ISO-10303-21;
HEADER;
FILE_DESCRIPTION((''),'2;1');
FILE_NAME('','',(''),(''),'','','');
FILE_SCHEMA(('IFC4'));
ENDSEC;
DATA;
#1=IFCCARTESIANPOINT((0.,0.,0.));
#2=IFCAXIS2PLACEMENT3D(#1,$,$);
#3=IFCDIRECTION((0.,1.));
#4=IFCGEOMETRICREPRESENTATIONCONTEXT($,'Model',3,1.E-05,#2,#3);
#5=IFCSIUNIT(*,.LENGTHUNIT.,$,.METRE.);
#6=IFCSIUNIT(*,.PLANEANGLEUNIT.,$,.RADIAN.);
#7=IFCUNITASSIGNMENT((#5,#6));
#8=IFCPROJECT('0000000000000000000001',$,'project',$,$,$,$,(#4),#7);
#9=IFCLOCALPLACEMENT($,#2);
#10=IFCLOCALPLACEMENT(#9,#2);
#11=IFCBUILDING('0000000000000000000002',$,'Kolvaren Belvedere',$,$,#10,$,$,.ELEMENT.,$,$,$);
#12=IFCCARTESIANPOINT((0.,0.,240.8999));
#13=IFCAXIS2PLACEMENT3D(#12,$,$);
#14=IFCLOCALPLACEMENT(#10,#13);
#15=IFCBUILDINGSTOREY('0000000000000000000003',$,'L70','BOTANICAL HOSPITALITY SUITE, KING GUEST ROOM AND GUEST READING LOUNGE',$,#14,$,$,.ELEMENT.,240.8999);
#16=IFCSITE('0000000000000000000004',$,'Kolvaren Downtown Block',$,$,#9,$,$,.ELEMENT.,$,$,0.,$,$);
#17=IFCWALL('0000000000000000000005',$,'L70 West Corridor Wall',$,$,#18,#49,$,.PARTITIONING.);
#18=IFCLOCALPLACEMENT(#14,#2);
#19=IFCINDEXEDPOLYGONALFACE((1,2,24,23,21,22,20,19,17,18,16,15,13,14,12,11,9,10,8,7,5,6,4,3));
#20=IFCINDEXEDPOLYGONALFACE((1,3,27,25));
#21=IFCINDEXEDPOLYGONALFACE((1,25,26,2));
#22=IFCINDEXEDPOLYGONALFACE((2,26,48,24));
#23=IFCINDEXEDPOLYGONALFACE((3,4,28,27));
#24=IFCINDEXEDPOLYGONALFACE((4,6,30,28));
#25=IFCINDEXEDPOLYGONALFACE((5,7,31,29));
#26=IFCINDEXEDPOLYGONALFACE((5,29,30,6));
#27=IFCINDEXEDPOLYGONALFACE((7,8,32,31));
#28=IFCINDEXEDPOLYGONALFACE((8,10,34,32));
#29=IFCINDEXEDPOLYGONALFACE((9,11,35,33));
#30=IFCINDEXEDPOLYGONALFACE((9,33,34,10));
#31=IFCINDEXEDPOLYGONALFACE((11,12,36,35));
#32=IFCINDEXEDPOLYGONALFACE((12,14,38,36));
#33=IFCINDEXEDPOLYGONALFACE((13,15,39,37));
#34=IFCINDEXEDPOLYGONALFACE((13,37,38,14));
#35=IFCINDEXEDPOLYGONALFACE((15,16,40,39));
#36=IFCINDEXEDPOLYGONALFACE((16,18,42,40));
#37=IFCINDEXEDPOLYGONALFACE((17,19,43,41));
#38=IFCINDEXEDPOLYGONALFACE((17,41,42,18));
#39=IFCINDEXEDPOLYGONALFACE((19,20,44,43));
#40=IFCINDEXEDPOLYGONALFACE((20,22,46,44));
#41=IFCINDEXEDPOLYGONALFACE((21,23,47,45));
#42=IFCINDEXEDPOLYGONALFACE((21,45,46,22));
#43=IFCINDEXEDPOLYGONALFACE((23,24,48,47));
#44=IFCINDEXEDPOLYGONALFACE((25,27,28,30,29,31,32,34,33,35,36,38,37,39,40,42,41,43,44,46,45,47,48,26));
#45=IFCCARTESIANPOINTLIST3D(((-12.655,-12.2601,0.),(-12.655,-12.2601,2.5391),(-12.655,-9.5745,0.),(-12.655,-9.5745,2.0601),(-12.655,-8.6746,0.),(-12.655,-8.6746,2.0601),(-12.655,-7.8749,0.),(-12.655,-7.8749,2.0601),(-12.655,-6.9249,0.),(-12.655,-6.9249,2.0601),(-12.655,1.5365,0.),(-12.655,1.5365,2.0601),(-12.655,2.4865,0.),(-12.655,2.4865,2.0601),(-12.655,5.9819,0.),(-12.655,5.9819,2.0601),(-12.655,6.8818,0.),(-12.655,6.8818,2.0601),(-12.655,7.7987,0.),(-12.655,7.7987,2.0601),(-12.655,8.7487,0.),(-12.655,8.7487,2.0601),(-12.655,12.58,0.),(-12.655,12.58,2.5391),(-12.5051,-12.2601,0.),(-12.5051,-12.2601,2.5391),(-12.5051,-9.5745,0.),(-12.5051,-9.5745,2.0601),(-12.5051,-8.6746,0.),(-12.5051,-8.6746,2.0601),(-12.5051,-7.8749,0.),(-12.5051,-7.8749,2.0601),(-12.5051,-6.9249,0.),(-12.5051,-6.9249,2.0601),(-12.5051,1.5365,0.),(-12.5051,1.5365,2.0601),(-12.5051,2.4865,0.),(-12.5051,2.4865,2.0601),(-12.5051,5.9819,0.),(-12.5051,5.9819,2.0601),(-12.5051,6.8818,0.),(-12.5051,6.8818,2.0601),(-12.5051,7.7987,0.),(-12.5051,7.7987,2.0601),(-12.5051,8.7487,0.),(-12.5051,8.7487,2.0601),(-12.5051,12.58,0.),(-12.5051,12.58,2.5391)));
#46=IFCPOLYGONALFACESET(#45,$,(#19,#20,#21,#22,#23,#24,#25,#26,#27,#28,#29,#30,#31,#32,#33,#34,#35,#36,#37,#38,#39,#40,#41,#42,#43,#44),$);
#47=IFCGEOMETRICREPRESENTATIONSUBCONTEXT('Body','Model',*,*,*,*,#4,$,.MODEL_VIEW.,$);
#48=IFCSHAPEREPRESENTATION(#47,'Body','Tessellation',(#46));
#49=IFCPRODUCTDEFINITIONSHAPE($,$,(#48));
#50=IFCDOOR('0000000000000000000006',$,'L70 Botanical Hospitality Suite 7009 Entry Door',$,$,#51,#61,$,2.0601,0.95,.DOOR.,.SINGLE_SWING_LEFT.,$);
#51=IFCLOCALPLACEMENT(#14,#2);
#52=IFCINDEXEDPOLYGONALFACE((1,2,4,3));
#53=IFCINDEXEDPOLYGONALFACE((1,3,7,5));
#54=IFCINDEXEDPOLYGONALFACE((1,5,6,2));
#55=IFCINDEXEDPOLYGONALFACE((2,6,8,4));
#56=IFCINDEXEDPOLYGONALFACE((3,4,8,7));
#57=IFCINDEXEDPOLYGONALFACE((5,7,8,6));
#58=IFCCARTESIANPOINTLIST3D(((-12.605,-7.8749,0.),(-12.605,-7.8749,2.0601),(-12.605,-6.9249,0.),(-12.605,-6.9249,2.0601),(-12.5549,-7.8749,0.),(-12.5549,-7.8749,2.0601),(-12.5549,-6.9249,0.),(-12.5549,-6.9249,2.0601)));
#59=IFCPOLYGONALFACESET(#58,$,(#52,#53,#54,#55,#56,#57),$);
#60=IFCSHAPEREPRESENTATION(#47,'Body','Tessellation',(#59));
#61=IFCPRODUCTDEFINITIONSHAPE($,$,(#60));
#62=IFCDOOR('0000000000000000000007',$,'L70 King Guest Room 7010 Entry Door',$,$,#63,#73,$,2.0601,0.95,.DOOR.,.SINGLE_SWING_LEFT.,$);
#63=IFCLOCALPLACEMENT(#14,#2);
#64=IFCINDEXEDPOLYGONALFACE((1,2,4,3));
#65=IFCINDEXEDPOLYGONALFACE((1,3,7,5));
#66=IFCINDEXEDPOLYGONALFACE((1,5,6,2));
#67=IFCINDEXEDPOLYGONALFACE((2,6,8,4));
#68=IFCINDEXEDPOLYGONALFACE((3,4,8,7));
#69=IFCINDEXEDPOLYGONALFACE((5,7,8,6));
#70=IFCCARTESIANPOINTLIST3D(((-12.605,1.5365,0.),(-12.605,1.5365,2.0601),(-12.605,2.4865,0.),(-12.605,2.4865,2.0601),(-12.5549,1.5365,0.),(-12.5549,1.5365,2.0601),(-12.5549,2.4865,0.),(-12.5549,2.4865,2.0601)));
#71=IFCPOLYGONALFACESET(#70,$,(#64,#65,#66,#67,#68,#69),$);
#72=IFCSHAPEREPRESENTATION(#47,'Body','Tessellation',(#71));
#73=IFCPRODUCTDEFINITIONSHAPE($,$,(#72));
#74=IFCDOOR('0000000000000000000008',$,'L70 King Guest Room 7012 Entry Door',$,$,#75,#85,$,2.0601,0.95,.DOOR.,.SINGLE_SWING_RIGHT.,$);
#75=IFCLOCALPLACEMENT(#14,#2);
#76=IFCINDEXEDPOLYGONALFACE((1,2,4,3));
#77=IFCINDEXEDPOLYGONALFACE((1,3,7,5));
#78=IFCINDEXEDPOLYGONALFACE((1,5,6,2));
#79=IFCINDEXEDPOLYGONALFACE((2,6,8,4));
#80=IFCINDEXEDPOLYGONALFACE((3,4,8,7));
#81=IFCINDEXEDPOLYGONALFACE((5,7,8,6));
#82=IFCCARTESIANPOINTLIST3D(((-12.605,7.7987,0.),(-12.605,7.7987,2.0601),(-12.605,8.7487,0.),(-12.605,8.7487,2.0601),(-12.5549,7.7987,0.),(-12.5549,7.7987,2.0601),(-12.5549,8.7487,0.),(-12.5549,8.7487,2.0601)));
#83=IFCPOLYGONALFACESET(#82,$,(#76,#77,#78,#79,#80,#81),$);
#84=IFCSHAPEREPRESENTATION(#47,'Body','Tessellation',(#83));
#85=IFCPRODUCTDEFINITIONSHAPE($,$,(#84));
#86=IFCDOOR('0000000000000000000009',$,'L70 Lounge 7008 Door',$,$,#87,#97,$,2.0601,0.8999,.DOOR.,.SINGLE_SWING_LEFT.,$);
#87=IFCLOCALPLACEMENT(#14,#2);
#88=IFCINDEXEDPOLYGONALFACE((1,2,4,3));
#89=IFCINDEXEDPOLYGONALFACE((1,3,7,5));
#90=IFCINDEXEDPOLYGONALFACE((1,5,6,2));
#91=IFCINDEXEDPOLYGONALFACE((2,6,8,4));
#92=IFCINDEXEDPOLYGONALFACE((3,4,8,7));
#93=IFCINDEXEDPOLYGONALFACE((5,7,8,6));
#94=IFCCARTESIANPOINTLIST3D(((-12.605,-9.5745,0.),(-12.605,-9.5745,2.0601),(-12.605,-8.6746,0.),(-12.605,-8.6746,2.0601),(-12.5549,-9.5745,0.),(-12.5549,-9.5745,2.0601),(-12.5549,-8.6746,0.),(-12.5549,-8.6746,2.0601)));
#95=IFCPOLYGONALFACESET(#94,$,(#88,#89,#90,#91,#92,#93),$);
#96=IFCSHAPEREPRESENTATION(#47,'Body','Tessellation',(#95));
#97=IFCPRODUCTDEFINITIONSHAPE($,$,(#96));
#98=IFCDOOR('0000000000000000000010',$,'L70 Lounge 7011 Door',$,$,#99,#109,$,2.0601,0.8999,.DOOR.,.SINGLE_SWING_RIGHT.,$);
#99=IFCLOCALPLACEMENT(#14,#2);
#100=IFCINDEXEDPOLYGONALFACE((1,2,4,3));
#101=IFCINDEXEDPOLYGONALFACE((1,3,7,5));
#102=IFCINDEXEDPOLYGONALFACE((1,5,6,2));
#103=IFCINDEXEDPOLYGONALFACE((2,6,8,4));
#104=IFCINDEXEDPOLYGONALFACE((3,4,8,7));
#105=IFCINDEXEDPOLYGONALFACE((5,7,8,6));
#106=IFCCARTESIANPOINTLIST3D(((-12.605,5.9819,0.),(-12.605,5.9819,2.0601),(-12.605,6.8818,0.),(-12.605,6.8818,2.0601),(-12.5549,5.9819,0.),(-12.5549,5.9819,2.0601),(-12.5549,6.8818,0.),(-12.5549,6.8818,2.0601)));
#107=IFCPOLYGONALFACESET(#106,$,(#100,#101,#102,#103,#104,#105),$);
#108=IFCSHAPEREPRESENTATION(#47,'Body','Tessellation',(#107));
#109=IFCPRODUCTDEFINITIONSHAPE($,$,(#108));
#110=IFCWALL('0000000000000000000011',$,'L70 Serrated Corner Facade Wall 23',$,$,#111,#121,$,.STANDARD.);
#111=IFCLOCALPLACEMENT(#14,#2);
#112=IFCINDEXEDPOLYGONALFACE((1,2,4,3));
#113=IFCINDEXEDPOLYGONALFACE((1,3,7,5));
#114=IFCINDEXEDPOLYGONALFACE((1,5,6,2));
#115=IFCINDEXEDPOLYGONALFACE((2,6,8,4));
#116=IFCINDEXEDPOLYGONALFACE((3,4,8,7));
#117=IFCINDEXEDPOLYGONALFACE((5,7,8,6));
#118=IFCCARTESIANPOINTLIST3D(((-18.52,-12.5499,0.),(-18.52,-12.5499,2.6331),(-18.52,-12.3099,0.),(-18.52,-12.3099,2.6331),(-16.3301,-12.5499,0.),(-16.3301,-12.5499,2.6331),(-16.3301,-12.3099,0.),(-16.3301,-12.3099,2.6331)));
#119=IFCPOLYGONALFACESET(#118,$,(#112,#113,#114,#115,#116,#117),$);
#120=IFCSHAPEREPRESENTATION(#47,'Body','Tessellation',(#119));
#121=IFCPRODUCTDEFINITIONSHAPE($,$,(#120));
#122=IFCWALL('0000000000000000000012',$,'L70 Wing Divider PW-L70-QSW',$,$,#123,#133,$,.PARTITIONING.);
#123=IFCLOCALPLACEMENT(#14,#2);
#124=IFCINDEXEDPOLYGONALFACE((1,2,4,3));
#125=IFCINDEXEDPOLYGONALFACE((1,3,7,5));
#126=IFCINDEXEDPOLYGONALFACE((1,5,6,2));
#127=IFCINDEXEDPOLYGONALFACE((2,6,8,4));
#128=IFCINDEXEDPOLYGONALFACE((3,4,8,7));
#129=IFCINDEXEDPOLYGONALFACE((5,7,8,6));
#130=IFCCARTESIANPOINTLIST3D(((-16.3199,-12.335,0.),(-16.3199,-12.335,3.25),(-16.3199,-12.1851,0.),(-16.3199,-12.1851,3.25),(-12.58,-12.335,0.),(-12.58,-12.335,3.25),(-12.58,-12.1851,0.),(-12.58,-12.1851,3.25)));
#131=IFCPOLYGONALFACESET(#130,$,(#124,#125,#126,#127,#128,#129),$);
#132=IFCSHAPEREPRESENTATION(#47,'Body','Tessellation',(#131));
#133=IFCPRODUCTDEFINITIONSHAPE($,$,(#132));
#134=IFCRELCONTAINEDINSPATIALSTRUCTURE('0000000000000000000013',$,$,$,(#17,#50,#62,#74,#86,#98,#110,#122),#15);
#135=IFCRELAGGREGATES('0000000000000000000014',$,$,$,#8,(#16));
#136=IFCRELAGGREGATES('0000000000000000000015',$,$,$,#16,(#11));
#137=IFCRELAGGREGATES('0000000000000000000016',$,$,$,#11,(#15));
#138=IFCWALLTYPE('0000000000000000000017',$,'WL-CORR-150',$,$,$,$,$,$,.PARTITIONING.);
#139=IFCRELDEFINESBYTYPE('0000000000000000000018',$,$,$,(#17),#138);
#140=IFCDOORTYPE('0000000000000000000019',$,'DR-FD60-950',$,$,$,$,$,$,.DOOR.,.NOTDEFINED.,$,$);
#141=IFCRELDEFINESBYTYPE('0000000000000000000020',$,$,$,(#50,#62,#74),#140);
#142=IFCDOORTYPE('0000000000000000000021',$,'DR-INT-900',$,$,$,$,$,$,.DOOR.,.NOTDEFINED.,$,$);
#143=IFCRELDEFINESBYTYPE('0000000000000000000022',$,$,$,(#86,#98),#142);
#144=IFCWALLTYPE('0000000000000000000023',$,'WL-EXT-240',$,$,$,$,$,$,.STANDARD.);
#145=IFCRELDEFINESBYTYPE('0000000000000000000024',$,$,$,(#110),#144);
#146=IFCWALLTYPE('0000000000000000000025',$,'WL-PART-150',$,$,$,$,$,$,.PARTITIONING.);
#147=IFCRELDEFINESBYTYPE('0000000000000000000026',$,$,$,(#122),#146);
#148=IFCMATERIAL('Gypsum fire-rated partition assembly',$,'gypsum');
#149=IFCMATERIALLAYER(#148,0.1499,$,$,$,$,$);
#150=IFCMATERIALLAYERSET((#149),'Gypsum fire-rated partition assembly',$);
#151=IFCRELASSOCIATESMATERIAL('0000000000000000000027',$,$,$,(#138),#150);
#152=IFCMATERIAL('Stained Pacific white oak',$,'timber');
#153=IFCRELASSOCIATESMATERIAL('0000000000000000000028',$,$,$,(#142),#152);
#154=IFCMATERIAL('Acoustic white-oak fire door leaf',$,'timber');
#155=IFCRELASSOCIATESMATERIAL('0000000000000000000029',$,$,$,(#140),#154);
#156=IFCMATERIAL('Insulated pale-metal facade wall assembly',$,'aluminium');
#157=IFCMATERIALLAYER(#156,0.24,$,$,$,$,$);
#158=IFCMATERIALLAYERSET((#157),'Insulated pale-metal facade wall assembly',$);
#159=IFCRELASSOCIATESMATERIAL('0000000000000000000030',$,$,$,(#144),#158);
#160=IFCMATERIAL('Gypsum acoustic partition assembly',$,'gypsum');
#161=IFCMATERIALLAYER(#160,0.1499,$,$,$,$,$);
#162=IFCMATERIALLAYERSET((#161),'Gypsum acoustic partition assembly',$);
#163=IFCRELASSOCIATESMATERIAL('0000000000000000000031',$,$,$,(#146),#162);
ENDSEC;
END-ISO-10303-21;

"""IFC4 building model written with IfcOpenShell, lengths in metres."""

from ifc_helpers import new_model, si_unit, direction, frame, frame_2d, origin, place, context, subcontext, project, spatial, rectangle, extrude, material, layer, layer_set, type_object, element, fill, save


model = new_model("IFC4")

# Units and contexts
model_context = context("Model", 3, precision=1e-05, world=origin(), true_north=direction((0.0, 1.0)))
body_context = subcontext(model_context, "Body", "Model", "MODEL_VIEW")
ifc_project = project(units=[si_unit("LENGTHUNIT", "METRE"), si_unit("PLANEANGLEUNIT", "RADIAN")], contexts=[model_context])

# Site, building, storey
site_placement = place(None, origin())
site = spatial("IfcSite", under=ifc_project, at=site_placement, Name="Kolvaren Downtown Block", CompositionType="ELEMENT", RefElevation=0.0)
building_placement = place(site_placement, origin())
building = spatial("IfcBuilding", under=site, at=building_placement, Name="Kolvaren Belvedere", CompositionType="ELEMENT")
storey_placement = place(building_placement, frame((0.0, 0.0, 240.8999)))
storey = spatial("IfcBuildingStorey", under=building, at=storey_placement, Name="L70", Description="BOTANICAL HOSPITALITY SUITE, KING GUEST ROOM AND GUEST READING LOUNGE", CompositionType="ELEMENT", Elevation=240.8999)

# Wall, openings, doors
ifc_material_1 = material(Name="Gypsum fire-rated partition assembly", Category="gypsum")
ifc_layer_1 = layer(ifc_material_1, 0.1499)
ifc_layer_set_1 = layer_set([ifc_layer_1], Name="Gypsum fire-rated partition assembly")
wall_type_1 = type_object("IfcWallType", Name="WL-CORR-150", PredefinedType="PARTITIONING", material=ifc_layer_set_1)
ifc_material_2 = material(Name="Stained Pacific white oak", Category="timber")
door_type_1 = type_object("IfcDoorType", Name="DR-INT-900", OperationType="NOTDEFINED", PredefinedType="DOOR", material=ifc_material_2)
wall_1_placement = place(storey_placement, frame((-12.5801, -12.26, 0.0), z_axis=(0.0, 0.0, 1.0), x_axis=(0.0, 1.0, 0.0)))
wall_1 = element("IfcWall", 1, at=wall_1_placement, inside=storey, type_object=wall_type_1, Name="L70 West Corridor Wall", PredefinedType="PARTITIONING", context=body_context, shape_type="SweptSolid", body=[
    extrude(rectangle(XDim=24.8401, YDim=0.1499, at=frame_2d((12.4199, 0.0))), origin(), (0.0, 0.0, 1.0), 2.5391),
])
opening_1_placement = place(wall_1_placement, frame((2.6855, 0.0, 0.0)))
opening_1 = element("IfcOpeningElement", 2, at=opening_1_placement, cuts=wall_1, PredefinedType="OPENING", context=body_context, shape_type="SweptSolid", body=[
    extrude(rectangle(XDim=0.8999, YDim=2.0601, at=frame_2d((0.45, 1.03))), frame((0.0, 0.085, 0.0), z_axis=(0.0, -1.0, 0.0), x_axis=(1.0, 0.0, 0.0)), (0.0, 0.0, 1.0), 0.1699),
])
opening_2_placement = place(wall_1_placement, frame((4.385, 0.0, 0.0)))
opening_2 = element("IfcOpeningElement", 3, at=opening_2_placement, cuts=wall_1, PredefinedType="OPENING", context=body_context, shape_type="SweptSolid", body=[
    extrude(rectangle(XDim=0.95, YDim=2.0601, at=frame_2d((0.4751, 1.03))), frame((0.0, 0.085, 0.0), z_axis=(0.0, -1.0, 0.0), x_axis=(1.0, 0.0, 0.0)), (0.0, 0.0, 1.0), 0.1699),
])
opening_3_placement = place(wall_1_placement, frame((13.7964, 0.0, 0.0)))
opening_3 = element("IfcOpeningElement", 4, at=opening_3_placement, cuts=wall_1, PredefinedType="OPENING", context=body_context, shape_type="SweptSolid", body=[
    extrude(rectangle(XDim=0.95, YDim=2.0601, at=frame_2d((0.4751, 1.03))), frame((0.0, 0.085, 0.0), z_axis=(0.0, -1.0, 0.0), x_axis=(1.0, 0.0, 0.0)), (0.0, 0.0, 1.0), 0.1699),
])
opening_4_placement = place(wall_1_placement, frame((18.2419, 0.0, 0.0)))
opening_4 = element("IfcOpeningElement", 5, at=opening_4_placement, cuts=wall_1, PredefinedType="OPENING", context=body_context, shape_type="SweptSolid", body=[
    extrude(rectangle(XDim=0.8999, YDim=2.0601, at=frame_2d((0.45, 1.03))), frame((0.0, 0.085, 0.0), z_axis=(0.0, -1.0, 0.0), x_axis=(1.0, 0.0, 0.0)), (0.0, 0.0, 1.0), 0.1699),
])
opening_5_placement = place(wall_1_placement, frame((20.0586, 0.0, 0.0)))
opening_5 = element("IfcOpeningElement", 6, at=opening_5_placement, cuts=wall_1, PredefinedType="OPENING", context=body_context, shape_type="SweptSolid", body=[
    extrude(rectangle(XDim=0.95, YDim=2.0601, at=frame_2d((0.4751, 1.03))), frame((0.0, 0.085, 0.0), z_axis=(0.0, -1.0, 0.0), x_axis=(1.0, 0.0, 0.0)), (0.0, 0.0, 1.0), 0.1699),
])
ifc_material_3 = material(Name="Acoustic white-oak fire door leaf", Category="timber")
door_type_2 = type_object("IfcDoorType", Name="DR-FD60-950", OperationType="NOTDEFINED", PredefinedType="DOOR", material=ifc_material_3)
door_1_placement = place(opening_2_placement, origin())
door_1 = element("IfcDoor", 7, at=door_1_placement, inside=storey, type_object=door_type_2, Name="L70 Botanical Hospitality Suite 7009 Entry Door", OperationType="SINGLE_SWING_LEFT", OverallHeight=2.0601, OverallWidth=0.95, PredefinedType="DOOR", context=body_context, shape_type="SweptSolid", body=[
    extrude(rectangle(XDim=0.95, YDim=2.0601, at=frame_2d((0.4751, 1.03))), frame((0.0, 0.0249, 0.0), z_axis=(0.0, -1.0, 0.0), x_axis=(1.0, 0.0, 0.0)), (0.0, 0.0, 1.0), 0.05),
])
fill(opening_2, door_1)
door_2_placement = place(opening_3_placement, origin())
door_2 = element("IfcDoor", 8, at=door_2_placement, inside=storey, type_object=door_type_2, Name="L70 King Guest Room 7010 Entry Door", OperationType="SINGLE_SWING_LEFT", OverallHeight=2.0601, OverallWidth=0.95, PredefinedType="DOOR", context=body_context, shape_type="SweptSolid", body=[
    extrude(rectangle(XDim=0.95, YDim=2.0601, at=frame_2d((0.4751, 1.03))), frame((0.0, 0.0249, 0.0), z_axis=(0.0, -1.0, 0.0), x_axis=(1.0, 0.0, 0.0)), (0.0, 0.0, 1.0), 0.05),
])
fill(opening_3, door_2)
door_3_placement = place(opening_5_placement, origin())
door_3 = element("IfcDoor", 9, at=door_3_placement, inside=storey, type_object=door_type_2, Name="L70 King Guest Room 7012 Entry Door", OperationType="SINGLE_SWING_RIGHT", OverallHeight=2.0601, OverallWidth=0.95, PredefinedType="DOOR", context=body_context, shape_type="SweptSolid", body=[
    extrude(rectangle(XDim=0.95, YDim=2.0601, at=frame_2d((0.4751, 1.03))), frame((0.0, 0.0249, 0.0), z_axis=(0.0, -1.0, 0.0), x_axis=(1.0, 0.0, 0.0)), (0.0, 0.0, 1.0), 0.05),
])
fill(opening_5, door_3)
door_4_placement = place(opening_1_placement, origin())
door_4 = element("IfcDoor", 10, at=door_4_placement, inside=storey, type_object=door_type_1, Name="L70 Lounge 7008 Door", OperationType="SINGLE_SWING_LEFT", OverallHeight=2.0601, OverallWidth=0.8999, PredefinedType="DOOR", context=body_context, shape_type="SweptSolid", body=[
    extrude(rectangle(XDim=0.8999, YDim=2.0601, at=frame_2d((0.45, 1.03))), frame((0.0, 0.0249, 0.0), z_axis=(0.0, -1.0, 0.0), x_axis=(1.0, 0.0, 0.0)), (0.0, 0.0, 1.0), 0.05),
])
fill(opening_1, door_4)
door_5_placement = place(opening_4_placement, origin())
door_5 = element("IfcDoor", 11, at=door_5_placement, inside=storey, type_object=door_type_1, Name="L70 Lounge 7011 Door", OperationType="SINGLE_SWING_RIGHT", OverallHeight=2.0601, OverallWidth=0.8999, PredefinedType="DOOR", context=body_context, shape_type="SweptSolid", body=[
    extrude(rectangle(XDim=0.8999, YDim=2.0601, at=frame_2d((0.45, 1.03))), frame((0.0, 0.0249, 0.0), z_axis=(0.0, -1.0, 0.0), x_axis=(1.0, 0.0, 0.0)), (0.0, 0.0, 1.0), 0.05),
])
fill(opening_4, door_5)

# Walls
ifc_material_4 = material(Name="Insulated pale-metal facade wall assembly", Category="aluminium")
ifc_layer_2 = layer(ifc_material_4, 0.24)
ifc_layer_set_2 = layer_set([ifc_layer_2], Name="Insulated pale-metal facade wall assembly")
wall_type_2 = type_object("IfcWallType", Name="WL-EXT-240", PredefinedType="STANDARD", material=ifc_layer_set_2)
wall_2_placement = place(storey_placement, frame((-16.3301, -12.4299, 0.0), z_axis=(0.0, 0.0, 1.0), x_axis=(-1.0, 0.0, 0.0)))
element("IfcWall", 12, at=wall_2_placement, inside=storey, type_object=wall_type_2, Name="L70 Serrated Corner Facade Wall 23", PredefinedType="STANDARD", context=body_context, shape_type="SweptSolid", body=[
    extrude(rectangle(XDim=2.1899, YDim=0.24, at=frame_2d((1.095, 0.0))), origin(), (0.0, 0.0, 1.0), 2.6331),
])
ifc_material_5 = material(Name="Gypsum acoustic partition assembly", Category="gypsum")
ifc_layer_3 = layer(ifc_material_5, 0.1499)
ifc_layer_set_3 = layer_set([ifc_layer_3], Name="Gypsum acoustic partition assembly")
wall_type_3 = type_object("IfcWallType", Name="WL-PART-150", PredefinedType="PARTITIONING", material=ifc_layer_set_3)
wall_3_placement = place(storey_placement, frame((-16.3201, -12.26, 0.0), z_axis=(0.0, 0.0, 1.0), x_axis=(1.0, 0.0, 0.0)))
element("IfcWall", 13, at=wall_3_placement, inside=storey, type_object=wall_type_3, Name="L70 Wing Divider PW-L70-QSW", PredefinedType="PARTITIONING", context=body_context, shape_type="SweptSolid", body=[
    extrude(rectangle(XDim=3.74, YDim=0.1499, at=frame_2d((1.8701, 0.0))), origin(), (0.0, 0.0, 1.0), 3.25),
])

save(model, "model.ifc")
